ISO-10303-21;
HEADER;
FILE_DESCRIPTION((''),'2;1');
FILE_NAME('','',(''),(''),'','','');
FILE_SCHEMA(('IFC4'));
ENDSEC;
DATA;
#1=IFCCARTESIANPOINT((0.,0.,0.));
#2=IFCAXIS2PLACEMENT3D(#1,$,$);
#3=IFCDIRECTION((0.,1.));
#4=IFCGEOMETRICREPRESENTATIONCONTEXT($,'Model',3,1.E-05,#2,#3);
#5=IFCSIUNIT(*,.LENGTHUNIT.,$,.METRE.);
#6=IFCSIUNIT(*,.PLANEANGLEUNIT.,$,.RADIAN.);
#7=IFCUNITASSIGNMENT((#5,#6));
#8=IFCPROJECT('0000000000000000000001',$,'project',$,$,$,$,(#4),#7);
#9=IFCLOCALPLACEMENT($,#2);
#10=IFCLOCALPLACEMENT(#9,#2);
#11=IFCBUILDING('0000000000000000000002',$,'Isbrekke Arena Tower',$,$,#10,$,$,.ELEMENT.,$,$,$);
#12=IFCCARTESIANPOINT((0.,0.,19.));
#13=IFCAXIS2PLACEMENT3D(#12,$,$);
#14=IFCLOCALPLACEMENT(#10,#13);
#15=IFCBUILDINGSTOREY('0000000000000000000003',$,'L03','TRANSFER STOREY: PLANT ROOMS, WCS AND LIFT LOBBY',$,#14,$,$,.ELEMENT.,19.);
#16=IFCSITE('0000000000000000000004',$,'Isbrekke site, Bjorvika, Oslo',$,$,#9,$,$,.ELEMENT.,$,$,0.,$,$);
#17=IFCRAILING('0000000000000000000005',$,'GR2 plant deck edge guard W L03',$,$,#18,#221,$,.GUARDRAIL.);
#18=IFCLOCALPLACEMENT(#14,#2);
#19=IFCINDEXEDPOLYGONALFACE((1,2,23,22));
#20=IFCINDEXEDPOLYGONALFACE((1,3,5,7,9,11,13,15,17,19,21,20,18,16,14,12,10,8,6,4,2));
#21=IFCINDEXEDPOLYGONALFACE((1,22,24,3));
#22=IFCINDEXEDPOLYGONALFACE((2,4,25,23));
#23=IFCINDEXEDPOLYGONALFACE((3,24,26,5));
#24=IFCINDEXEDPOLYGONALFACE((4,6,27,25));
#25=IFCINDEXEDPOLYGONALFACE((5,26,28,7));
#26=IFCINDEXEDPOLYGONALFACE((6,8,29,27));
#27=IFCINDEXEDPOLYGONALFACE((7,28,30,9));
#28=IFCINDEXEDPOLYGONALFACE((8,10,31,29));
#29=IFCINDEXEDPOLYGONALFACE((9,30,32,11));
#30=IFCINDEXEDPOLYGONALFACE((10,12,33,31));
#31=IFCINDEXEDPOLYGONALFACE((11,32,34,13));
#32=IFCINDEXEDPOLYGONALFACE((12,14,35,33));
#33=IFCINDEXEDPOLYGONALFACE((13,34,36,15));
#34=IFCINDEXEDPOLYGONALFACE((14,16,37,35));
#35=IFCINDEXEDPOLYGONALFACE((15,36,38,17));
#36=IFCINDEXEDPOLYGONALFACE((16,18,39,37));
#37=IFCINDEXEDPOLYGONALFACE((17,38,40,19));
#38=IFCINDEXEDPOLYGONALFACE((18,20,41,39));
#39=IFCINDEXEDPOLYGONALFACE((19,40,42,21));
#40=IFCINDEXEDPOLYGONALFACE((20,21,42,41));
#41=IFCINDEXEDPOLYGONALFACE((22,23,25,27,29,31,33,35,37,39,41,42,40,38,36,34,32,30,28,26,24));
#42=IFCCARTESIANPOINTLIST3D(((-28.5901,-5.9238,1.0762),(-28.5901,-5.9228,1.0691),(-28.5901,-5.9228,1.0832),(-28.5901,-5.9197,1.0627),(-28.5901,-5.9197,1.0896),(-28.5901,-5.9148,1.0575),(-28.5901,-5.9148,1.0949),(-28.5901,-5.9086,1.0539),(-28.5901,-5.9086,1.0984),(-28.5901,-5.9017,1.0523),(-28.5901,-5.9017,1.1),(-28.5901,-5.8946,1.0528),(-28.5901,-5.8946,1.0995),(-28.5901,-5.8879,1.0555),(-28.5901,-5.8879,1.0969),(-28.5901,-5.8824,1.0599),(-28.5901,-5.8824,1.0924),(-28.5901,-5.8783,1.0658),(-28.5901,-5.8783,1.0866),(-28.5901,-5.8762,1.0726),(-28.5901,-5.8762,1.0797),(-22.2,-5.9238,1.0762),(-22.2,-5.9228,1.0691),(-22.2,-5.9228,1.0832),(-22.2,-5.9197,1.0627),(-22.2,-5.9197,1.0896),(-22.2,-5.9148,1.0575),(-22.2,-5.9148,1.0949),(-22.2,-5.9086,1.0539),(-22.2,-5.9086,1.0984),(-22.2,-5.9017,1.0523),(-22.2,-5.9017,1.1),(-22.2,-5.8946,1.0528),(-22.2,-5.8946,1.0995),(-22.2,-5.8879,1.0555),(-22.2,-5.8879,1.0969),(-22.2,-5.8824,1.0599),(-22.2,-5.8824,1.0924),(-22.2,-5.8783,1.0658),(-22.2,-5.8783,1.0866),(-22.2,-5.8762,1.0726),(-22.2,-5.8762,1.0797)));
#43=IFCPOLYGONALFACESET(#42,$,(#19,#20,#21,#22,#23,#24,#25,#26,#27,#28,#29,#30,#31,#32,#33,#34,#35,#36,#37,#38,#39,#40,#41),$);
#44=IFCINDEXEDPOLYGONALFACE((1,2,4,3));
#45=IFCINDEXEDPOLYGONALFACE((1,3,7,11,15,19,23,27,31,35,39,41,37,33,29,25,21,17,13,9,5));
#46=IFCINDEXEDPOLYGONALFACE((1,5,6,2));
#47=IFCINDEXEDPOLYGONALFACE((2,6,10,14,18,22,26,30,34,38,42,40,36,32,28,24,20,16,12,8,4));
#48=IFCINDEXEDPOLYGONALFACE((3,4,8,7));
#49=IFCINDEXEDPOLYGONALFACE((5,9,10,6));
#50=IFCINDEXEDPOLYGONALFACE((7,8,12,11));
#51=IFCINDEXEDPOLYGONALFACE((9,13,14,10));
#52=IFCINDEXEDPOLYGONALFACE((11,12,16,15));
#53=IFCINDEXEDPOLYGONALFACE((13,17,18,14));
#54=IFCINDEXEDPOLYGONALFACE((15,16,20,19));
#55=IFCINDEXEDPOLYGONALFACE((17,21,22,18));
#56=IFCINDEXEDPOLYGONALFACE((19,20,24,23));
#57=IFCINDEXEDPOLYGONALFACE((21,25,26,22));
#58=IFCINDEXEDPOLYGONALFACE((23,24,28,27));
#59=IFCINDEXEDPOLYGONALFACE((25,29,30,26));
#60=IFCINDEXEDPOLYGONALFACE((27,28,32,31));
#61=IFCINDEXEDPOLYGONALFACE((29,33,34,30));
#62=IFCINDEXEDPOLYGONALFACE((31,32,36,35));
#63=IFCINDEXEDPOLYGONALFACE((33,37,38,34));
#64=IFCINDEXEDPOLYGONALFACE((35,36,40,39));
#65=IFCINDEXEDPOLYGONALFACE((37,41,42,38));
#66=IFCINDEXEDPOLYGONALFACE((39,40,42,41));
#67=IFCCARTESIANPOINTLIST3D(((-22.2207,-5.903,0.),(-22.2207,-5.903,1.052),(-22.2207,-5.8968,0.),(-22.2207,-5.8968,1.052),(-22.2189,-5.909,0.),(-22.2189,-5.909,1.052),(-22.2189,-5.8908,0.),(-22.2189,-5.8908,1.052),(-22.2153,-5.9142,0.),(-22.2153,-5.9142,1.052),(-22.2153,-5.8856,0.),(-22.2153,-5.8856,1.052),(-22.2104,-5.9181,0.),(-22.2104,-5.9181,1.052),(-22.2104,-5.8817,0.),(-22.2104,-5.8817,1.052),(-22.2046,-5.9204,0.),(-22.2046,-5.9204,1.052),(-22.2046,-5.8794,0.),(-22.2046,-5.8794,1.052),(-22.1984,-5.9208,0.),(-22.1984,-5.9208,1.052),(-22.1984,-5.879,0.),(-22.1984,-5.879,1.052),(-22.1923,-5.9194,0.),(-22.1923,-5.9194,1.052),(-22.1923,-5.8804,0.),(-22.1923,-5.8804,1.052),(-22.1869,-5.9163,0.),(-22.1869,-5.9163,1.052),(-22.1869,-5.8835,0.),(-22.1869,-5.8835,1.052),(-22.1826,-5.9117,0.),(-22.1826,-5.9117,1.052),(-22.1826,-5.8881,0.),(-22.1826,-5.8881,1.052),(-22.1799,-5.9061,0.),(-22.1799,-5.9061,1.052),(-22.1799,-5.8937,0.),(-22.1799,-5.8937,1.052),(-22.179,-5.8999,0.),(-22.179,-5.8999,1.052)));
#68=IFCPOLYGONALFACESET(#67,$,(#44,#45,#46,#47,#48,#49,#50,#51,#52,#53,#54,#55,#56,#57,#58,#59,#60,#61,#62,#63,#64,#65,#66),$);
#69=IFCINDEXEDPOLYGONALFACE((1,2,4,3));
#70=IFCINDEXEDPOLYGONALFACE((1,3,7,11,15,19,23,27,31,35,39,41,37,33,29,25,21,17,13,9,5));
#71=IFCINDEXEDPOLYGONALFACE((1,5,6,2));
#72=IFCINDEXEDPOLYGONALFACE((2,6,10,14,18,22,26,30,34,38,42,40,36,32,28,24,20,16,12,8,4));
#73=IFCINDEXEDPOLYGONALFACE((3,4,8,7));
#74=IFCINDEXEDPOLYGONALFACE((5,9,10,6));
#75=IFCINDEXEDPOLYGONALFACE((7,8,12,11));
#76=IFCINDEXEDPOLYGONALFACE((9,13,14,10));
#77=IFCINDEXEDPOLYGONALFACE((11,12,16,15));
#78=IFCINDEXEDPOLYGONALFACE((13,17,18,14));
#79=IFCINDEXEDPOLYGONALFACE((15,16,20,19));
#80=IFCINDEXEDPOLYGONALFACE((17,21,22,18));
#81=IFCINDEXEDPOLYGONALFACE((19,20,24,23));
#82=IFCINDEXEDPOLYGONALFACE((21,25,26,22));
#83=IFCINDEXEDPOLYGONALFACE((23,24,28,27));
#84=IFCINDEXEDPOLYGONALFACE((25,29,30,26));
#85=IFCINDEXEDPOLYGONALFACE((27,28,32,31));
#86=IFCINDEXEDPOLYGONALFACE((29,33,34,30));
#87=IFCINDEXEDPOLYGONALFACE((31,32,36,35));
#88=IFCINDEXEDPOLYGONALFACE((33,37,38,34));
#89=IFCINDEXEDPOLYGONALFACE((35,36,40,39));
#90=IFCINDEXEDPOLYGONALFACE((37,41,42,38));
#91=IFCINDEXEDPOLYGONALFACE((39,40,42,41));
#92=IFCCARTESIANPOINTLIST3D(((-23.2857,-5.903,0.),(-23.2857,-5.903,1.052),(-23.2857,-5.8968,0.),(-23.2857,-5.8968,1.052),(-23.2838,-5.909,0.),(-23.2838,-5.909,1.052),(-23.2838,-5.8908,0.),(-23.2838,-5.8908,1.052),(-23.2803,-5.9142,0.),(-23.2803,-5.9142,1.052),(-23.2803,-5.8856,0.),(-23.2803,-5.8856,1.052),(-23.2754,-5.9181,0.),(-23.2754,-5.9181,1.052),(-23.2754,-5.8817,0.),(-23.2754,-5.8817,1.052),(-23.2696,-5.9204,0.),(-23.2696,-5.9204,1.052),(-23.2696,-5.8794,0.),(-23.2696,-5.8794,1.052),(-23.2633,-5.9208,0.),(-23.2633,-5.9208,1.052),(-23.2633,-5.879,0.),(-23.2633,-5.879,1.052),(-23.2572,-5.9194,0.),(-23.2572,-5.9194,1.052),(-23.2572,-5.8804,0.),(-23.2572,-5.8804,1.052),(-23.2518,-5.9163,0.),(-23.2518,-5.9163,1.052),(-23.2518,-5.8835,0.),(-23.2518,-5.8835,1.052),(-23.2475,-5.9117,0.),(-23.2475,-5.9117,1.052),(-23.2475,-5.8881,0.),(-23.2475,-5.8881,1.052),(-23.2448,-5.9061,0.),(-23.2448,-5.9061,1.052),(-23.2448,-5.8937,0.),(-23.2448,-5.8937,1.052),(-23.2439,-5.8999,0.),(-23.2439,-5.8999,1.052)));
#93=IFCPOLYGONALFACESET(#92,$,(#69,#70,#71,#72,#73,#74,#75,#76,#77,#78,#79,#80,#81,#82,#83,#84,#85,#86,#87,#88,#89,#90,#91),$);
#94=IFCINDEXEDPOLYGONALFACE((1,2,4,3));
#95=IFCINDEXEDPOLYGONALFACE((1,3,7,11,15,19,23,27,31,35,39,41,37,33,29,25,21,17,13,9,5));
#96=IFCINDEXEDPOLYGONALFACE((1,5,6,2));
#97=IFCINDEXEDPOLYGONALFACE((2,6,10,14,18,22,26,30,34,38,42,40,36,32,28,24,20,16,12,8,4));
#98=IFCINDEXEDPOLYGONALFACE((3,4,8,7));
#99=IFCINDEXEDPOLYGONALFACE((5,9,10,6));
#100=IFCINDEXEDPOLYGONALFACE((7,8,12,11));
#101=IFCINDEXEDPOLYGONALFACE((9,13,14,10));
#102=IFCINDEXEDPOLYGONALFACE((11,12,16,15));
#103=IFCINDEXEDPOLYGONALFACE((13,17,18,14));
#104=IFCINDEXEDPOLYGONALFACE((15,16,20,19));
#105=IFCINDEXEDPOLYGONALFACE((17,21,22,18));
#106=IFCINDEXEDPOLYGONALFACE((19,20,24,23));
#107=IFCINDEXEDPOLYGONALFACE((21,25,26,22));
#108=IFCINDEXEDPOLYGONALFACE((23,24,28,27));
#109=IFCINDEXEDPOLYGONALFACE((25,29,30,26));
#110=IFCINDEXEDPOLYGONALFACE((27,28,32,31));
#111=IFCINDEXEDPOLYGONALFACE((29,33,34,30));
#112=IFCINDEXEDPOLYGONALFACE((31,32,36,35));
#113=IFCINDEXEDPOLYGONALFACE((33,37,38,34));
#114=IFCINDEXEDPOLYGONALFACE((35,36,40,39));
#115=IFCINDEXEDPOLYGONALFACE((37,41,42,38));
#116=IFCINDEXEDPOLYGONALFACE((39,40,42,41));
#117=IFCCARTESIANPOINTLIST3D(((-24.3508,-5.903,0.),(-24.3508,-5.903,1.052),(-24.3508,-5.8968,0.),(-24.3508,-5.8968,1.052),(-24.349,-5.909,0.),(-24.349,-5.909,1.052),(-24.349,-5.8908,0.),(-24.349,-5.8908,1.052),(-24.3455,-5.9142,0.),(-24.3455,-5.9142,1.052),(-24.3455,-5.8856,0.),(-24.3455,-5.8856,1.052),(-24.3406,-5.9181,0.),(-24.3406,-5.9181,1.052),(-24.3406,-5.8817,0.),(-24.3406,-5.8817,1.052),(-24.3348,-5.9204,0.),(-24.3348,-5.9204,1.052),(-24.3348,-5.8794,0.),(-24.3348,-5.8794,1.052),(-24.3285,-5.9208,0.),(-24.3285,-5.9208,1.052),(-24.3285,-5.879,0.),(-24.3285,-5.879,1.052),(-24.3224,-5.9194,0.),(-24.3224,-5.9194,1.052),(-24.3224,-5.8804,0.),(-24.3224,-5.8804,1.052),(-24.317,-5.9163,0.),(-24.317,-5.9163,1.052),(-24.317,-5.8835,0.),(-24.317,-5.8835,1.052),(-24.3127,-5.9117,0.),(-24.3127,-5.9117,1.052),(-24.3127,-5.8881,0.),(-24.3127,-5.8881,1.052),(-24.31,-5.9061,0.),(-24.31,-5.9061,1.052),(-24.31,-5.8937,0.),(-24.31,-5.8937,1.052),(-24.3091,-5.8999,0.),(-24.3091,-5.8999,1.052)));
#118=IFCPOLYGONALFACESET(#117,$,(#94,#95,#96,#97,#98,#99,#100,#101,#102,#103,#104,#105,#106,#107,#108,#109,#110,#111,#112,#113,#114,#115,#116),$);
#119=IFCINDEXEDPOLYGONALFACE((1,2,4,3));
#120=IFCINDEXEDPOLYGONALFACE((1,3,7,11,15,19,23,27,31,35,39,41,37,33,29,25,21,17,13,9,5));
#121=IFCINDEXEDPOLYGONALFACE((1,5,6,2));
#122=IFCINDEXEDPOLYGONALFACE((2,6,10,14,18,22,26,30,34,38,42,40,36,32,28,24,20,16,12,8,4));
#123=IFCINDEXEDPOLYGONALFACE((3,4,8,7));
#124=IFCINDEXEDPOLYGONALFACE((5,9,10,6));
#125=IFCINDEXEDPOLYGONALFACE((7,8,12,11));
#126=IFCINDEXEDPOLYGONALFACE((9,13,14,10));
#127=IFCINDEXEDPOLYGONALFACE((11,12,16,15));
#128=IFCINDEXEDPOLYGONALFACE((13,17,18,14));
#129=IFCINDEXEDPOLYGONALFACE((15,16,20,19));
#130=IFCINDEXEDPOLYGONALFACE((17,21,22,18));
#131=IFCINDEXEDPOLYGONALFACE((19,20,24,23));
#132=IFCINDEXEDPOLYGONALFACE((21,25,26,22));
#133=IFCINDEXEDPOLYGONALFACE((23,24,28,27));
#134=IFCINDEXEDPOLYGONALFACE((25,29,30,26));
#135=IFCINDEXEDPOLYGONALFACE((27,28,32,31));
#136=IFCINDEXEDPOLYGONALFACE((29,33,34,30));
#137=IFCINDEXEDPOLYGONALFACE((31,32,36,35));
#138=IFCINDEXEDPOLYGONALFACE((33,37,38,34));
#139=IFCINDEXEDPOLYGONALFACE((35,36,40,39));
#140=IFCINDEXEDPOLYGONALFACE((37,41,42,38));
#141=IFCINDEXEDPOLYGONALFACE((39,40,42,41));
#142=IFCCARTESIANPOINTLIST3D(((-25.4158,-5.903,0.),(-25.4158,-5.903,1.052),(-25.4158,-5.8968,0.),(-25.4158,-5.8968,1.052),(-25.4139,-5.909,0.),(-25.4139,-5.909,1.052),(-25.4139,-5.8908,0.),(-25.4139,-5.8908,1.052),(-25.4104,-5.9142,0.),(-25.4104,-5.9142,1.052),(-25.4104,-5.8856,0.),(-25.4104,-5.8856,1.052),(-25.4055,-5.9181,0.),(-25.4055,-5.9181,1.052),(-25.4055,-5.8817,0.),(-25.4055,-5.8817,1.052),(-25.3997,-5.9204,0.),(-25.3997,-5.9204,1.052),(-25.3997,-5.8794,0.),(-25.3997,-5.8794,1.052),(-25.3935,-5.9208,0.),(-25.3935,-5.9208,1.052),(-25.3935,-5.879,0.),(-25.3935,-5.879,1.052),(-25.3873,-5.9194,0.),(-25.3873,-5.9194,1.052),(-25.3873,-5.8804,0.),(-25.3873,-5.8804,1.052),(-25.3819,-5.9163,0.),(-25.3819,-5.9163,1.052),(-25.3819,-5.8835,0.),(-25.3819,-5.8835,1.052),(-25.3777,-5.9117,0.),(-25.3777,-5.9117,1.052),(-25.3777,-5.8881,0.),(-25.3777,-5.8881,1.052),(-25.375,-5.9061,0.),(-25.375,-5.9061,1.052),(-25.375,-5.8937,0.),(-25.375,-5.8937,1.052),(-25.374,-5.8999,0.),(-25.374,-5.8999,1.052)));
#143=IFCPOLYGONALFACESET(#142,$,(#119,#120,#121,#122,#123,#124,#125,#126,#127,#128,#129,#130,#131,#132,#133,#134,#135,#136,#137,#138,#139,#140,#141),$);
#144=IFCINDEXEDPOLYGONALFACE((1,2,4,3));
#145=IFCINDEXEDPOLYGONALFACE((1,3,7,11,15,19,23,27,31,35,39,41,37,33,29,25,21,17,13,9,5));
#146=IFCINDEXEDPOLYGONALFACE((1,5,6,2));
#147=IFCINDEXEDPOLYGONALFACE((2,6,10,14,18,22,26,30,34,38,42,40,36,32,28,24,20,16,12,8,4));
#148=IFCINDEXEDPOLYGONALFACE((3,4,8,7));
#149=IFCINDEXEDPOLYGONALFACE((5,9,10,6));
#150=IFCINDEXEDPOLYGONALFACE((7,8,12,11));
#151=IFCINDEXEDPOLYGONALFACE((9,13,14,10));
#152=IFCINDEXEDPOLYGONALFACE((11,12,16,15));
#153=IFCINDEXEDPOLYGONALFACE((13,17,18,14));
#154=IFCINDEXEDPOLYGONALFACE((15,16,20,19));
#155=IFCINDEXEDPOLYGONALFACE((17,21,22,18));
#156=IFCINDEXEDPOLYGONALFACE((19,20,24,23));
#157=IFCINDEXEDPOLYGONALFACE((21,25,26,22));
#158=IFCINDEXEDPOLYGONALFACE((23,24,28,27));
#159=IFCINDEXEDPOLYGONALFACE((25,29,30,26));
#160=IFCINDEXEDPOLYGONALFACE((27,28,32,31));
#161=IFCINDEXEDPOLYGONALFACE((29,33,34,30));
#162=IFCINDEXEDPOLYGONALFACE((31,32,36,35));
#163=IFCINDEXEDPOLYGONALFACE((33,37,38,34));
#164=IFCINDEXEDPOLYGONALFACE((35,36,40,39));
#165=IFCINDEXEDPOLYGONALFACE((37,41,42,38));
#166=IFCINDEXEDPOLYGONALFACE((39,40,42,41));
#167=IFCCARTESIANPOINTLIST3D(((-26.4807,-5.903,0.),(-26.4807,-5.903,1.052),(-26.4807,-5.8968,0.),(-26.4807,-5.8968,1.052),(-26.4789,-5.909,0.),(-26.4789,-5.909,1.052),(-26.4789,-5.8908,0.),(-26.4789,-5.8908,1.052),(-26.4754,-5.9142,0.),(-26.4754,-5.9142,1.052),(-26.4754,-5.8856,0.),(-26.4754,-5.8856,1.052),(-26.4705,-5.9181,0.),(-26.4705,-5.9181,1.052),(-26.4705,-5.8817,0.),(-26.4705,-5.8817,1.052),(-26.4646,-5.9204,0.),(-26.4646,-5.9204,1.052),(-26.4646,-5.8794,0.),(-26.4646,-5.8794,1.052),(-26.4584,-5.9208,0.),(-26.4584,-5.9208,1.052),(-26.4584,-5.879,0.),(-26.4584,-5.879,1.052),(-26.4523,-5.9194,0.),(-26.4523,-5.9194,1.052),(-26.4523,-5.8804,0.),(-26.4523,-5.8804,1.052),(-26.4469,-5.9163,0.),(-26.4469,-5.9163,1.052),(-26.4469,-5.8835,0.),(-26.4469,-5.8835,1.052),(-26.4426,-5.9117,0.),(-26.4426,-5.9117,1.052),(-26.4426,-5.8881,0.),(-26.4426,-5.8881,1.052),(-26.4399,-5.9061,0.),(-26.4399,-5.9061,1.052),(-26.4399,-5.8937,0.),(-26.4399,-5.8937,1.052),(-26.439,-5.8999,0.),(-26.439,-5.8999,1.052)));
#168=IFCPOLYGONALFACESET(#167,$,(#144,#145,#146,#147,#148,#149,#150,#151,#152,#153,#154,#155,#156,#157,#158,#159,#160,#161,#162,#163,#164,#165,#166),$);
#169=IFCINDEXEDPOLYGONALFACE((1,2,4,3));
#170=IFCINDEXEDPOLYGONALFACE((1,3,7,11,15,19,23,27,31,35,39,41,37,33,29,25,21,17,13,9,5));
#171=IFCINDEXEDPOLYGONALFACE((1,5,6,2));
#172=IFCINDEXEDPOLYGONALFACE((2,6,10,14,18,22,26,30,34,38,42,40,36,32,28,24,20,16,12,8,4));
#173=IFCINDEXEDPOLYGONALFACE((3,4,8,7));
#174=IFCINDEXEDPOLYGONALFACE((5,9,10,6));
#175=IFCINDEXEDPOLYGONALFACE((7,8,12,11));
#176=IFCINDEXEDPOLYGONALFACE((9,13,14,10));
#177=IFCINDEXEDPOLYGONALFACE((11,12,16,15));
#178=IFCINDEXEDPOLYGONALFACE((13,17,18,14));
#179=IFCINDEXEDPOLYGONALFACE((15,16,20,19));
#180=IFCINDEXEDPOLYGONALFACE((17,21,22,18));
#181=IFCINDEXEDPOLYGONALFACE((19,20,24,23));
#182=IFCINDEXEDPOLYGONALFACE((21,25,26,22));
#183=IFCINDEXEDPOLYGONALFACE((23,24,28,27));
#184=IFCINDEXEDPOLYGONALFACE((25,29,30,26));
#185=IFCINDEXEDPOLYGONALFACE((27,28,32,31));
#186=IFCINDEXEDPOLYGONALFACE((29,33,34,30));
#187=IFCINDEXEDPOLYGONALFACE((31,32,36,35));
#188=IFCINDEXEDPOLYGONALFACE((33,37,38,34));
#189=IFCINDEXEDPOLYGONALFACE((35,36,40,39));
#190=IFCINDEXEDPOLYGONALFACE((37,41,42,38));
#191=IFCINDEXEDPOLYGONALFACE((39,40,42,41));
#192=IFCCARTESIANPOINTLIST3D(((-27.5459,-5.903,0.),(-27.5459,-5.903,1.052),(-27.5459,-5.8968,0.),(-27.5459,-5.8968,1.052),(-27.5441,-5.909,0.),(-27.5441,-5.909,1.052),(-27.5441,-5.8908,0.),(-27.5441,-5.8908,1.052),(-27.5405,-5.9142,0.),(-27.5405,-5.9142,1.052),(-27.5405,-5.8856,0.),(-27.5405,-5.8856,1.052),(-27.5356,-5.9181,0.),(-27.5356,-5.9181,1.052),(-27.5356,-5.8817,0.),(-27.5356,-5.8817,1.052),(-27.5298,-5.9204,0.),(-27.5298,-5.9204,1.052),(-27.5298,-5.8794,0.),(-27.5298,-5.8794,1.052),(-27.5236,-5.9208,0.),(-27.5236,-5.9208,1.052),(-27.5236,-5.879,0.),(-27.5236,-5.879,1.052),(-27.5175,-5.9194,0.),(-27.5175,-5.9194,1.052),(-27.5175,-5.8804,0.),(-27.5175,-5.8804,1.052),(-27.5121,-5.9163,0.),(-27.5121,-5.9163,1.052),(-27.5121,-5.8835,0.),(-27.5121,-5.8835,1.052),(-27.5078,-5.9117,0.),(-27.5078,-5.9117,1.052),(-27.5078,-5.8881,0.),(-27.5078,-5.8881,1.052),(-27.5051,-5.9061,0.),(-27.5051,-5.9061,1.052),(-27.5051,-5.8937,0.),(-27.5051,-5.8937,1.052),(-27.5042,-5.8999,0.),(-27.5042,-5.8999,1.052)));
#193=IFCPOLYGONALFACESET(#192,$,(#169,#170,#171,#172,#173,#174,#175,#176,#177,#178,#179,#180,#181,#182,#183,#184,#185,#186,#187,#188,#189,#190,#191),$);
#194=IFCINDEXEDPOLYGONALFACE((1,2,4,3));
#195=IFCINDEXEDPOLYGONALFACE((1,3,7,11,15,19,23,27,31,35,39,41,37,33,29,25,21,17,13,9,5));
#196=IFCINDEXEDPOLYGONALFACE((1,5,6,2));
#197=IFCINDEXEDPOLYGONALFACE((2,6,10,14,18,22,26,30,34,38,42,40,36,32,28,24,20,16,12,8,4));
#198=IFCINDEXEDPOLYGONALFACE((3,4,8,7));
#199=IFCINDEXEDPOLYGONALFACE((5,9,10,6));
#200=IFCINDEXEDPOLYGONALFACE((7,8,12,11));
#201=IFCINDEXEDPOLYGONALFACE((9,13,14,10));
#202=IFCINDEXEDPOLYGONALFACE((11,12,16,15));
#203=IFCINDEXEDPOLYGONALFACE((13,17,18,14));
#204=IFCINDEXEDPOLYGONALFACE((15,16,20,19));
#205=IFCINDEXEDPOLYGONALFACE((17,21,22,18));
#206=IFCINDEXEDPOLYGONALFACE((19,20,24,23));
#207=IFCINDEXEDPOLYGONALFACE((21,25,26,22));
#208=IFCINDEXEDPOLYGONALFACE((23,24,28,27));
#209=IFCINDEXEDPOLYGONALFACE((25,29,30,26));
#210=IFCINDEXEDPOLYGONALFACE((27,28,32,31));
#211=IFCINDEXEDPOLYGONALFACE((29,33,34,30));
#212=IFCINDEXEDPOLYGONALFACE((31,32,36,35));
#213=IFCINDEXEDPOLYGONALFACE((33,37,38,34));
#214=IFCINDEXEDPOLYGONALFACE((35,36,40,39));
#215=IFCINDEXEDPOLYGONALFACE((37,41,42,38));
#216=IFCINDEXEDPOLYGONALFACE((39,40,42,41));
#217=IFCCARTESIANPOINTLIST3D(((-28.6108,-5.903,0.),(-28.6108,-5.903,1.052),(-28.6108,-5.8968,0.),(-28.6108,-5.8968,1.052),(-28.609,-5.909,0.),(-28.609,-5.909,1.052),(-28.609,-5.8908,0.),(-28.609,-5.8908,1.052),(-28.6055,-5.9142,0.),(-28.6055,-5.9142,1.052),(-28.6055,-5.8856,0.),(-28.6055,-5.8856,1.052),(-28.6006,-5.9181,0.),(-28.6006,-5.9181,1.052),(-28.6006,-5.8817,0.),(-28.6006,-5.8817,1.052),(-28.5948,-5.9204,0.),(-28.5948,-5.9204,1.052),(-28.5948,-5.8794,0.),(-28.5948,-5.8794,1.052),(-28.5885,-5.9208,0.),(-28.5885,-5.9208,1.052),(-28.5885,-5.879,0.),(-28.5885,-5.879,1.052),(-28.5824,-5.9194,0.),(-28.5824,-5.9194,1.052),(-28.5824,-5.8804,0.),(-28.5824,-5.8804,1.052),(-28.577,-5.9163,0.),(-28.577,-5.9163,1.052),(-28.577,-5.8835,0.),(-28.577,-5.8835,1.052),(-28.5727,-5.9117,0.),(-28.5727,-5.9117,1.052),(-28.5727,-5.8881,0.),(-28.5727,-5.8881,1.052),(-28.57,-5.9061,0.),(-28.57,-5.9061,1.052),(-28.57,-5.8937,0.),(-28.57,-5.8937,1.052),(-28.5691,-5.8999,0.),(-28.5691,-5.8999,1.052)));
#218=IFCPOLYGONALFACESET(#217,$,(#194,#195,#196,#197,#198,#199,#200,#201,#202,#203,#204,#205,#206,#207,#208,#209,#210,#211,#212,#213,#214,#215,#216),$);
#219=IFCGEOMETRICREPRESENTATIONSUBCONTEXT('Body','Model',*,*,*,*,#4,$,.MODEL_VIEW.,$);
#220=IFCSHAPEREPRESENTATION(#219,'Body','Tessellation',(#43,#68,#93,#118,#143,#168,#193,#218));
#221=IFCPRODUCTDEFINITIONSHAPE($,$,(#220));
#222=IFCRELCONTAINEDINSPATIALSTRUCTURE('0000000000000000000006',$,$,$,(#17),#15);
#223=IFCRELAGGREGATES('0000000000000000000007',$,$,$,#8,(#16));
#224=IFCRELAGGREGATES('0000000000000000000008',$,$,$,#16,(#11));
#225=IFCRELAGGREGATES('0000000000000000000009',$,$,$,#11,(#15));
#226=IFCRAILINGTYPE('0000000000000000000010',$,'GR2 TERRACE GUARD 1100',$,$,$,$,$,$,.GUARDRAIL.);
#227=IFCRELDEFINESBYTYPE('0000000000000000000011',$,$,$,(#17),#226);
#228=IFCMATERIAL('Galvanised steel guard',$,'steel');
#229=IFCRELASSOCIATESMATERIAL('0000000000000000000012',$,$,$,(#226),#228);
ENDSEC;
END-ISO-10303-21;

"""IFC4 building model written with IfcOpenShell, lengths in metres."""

from ifc_helpers import new_model, si_unit, direction, frame, origin, origin_2d, place, context, subcontext, project, spatial, circle, extrude, material, type_object, element, save


model = new_model("IFC4")

# Units and contexts
model_context = context("Model", 3, precision=1e-05, world=origin(), true_north=direction((0.0, 1.0)))
body_context = subcontext(model_context, "Body", "Model", "MODEL_VIEW")
ifc_project = project(units=[si_unit("LENGTHUNIT", "METRE"), si_unit("PLANEANGLEUNIT", "RADIAN")], contexts=[model_context])

# Site, building, storey
site_placement = place(None, origin())
site = spatial("IfcSite", under=ifc_project, at=site_placement, Name="Isbrekke site, Bjorvika, Oslo", CompositionType="ELEMENT", RefElevation=0.0)
building_placement = place(site_placement, origin())
building = spatial("IfcBuilding", under=site, at=building_placement, Name="Isbrekke Arena Tower", CompositionType="ELEMENT")
storey_placement = place(building_placement, frame((0.0, 0.0, 19.0)))
storey = spatial("IfcBuildingStorey", under=building, at=storey_placement, Name="L03", Description="TRANSFER STOREY: PLANT ROOMS, WCS AND LIFT LOBBY", CompositionType="ELEMENT", Elevation=19.0)

# Railing
ifc_material_1 = material(Name="Galvanised steel guard", Category="steel")
railing_type = type_object("IfcRailingType", Name="GR2 TERRACE GUARD 1100", PredefinedType="GUARDRAIL", material=ifc_material_1)
railing_placement = place(storey_placement, frame((-22.2, -5.8999, 0.0)))
element("IfcRailing", 1, at=railing_placement, inside=storey, type_object=railing_type, Name="GR2 plant deck edge guard W L03", PredefinedType="GUARDRAIL", context=body_context, shape_type="SweptSolid", body=[
    extrude(circle(Radius=0.0239, at=origin_2d()), frame((0.0, 0.0, 1.0762), z_axis=(-1.0, 0.0, 0.0), x_axis=(0.0, -1.0, 0.0)), (0.0, 0.0, 1.0), 6.3901),
    extrude(circle(Radius=0.021, at=origin_2d()), origin(), (0.0, 0.0, 1.0), 1.052),
    extrude(circle(Radius=0.021, at=origin_2d()), frame((-1.0649, 0.0, 0.0)), (0.0, 0.0, 1.0), 1.052),
    extrude(circle(Radius=0.021, at=origin_2d()), frame((-2.1301, 0.0, 0.0)), (0.0, 0.0, 1.0), 1.052),
    extrude(circle(Radius=0.021, at=origin_2d()), frame((-3.1951, 0.0, 0.0)), (0.0, 0.0, 1.0), 1.052),
    extrude(circle(Radius=0.021, at=origin_2d()), frame((-4.26, 0.0, 0.0)), (0.0, 0.0, 1.0), 1.052),
    extrude(circle(Radius=0.021, at=origin_2d()), frame((-5.3252, 0.0, 0.0)), (0.0, 0.0, 1.0), 1.052),
    extrude(circle(Radius=0.021, at=origin_2d()), frame((-6.3901, 0.0, 0.0)), (0.0, 0.0, 1.0), 1.052),
])

save(model, "model.ifc")
